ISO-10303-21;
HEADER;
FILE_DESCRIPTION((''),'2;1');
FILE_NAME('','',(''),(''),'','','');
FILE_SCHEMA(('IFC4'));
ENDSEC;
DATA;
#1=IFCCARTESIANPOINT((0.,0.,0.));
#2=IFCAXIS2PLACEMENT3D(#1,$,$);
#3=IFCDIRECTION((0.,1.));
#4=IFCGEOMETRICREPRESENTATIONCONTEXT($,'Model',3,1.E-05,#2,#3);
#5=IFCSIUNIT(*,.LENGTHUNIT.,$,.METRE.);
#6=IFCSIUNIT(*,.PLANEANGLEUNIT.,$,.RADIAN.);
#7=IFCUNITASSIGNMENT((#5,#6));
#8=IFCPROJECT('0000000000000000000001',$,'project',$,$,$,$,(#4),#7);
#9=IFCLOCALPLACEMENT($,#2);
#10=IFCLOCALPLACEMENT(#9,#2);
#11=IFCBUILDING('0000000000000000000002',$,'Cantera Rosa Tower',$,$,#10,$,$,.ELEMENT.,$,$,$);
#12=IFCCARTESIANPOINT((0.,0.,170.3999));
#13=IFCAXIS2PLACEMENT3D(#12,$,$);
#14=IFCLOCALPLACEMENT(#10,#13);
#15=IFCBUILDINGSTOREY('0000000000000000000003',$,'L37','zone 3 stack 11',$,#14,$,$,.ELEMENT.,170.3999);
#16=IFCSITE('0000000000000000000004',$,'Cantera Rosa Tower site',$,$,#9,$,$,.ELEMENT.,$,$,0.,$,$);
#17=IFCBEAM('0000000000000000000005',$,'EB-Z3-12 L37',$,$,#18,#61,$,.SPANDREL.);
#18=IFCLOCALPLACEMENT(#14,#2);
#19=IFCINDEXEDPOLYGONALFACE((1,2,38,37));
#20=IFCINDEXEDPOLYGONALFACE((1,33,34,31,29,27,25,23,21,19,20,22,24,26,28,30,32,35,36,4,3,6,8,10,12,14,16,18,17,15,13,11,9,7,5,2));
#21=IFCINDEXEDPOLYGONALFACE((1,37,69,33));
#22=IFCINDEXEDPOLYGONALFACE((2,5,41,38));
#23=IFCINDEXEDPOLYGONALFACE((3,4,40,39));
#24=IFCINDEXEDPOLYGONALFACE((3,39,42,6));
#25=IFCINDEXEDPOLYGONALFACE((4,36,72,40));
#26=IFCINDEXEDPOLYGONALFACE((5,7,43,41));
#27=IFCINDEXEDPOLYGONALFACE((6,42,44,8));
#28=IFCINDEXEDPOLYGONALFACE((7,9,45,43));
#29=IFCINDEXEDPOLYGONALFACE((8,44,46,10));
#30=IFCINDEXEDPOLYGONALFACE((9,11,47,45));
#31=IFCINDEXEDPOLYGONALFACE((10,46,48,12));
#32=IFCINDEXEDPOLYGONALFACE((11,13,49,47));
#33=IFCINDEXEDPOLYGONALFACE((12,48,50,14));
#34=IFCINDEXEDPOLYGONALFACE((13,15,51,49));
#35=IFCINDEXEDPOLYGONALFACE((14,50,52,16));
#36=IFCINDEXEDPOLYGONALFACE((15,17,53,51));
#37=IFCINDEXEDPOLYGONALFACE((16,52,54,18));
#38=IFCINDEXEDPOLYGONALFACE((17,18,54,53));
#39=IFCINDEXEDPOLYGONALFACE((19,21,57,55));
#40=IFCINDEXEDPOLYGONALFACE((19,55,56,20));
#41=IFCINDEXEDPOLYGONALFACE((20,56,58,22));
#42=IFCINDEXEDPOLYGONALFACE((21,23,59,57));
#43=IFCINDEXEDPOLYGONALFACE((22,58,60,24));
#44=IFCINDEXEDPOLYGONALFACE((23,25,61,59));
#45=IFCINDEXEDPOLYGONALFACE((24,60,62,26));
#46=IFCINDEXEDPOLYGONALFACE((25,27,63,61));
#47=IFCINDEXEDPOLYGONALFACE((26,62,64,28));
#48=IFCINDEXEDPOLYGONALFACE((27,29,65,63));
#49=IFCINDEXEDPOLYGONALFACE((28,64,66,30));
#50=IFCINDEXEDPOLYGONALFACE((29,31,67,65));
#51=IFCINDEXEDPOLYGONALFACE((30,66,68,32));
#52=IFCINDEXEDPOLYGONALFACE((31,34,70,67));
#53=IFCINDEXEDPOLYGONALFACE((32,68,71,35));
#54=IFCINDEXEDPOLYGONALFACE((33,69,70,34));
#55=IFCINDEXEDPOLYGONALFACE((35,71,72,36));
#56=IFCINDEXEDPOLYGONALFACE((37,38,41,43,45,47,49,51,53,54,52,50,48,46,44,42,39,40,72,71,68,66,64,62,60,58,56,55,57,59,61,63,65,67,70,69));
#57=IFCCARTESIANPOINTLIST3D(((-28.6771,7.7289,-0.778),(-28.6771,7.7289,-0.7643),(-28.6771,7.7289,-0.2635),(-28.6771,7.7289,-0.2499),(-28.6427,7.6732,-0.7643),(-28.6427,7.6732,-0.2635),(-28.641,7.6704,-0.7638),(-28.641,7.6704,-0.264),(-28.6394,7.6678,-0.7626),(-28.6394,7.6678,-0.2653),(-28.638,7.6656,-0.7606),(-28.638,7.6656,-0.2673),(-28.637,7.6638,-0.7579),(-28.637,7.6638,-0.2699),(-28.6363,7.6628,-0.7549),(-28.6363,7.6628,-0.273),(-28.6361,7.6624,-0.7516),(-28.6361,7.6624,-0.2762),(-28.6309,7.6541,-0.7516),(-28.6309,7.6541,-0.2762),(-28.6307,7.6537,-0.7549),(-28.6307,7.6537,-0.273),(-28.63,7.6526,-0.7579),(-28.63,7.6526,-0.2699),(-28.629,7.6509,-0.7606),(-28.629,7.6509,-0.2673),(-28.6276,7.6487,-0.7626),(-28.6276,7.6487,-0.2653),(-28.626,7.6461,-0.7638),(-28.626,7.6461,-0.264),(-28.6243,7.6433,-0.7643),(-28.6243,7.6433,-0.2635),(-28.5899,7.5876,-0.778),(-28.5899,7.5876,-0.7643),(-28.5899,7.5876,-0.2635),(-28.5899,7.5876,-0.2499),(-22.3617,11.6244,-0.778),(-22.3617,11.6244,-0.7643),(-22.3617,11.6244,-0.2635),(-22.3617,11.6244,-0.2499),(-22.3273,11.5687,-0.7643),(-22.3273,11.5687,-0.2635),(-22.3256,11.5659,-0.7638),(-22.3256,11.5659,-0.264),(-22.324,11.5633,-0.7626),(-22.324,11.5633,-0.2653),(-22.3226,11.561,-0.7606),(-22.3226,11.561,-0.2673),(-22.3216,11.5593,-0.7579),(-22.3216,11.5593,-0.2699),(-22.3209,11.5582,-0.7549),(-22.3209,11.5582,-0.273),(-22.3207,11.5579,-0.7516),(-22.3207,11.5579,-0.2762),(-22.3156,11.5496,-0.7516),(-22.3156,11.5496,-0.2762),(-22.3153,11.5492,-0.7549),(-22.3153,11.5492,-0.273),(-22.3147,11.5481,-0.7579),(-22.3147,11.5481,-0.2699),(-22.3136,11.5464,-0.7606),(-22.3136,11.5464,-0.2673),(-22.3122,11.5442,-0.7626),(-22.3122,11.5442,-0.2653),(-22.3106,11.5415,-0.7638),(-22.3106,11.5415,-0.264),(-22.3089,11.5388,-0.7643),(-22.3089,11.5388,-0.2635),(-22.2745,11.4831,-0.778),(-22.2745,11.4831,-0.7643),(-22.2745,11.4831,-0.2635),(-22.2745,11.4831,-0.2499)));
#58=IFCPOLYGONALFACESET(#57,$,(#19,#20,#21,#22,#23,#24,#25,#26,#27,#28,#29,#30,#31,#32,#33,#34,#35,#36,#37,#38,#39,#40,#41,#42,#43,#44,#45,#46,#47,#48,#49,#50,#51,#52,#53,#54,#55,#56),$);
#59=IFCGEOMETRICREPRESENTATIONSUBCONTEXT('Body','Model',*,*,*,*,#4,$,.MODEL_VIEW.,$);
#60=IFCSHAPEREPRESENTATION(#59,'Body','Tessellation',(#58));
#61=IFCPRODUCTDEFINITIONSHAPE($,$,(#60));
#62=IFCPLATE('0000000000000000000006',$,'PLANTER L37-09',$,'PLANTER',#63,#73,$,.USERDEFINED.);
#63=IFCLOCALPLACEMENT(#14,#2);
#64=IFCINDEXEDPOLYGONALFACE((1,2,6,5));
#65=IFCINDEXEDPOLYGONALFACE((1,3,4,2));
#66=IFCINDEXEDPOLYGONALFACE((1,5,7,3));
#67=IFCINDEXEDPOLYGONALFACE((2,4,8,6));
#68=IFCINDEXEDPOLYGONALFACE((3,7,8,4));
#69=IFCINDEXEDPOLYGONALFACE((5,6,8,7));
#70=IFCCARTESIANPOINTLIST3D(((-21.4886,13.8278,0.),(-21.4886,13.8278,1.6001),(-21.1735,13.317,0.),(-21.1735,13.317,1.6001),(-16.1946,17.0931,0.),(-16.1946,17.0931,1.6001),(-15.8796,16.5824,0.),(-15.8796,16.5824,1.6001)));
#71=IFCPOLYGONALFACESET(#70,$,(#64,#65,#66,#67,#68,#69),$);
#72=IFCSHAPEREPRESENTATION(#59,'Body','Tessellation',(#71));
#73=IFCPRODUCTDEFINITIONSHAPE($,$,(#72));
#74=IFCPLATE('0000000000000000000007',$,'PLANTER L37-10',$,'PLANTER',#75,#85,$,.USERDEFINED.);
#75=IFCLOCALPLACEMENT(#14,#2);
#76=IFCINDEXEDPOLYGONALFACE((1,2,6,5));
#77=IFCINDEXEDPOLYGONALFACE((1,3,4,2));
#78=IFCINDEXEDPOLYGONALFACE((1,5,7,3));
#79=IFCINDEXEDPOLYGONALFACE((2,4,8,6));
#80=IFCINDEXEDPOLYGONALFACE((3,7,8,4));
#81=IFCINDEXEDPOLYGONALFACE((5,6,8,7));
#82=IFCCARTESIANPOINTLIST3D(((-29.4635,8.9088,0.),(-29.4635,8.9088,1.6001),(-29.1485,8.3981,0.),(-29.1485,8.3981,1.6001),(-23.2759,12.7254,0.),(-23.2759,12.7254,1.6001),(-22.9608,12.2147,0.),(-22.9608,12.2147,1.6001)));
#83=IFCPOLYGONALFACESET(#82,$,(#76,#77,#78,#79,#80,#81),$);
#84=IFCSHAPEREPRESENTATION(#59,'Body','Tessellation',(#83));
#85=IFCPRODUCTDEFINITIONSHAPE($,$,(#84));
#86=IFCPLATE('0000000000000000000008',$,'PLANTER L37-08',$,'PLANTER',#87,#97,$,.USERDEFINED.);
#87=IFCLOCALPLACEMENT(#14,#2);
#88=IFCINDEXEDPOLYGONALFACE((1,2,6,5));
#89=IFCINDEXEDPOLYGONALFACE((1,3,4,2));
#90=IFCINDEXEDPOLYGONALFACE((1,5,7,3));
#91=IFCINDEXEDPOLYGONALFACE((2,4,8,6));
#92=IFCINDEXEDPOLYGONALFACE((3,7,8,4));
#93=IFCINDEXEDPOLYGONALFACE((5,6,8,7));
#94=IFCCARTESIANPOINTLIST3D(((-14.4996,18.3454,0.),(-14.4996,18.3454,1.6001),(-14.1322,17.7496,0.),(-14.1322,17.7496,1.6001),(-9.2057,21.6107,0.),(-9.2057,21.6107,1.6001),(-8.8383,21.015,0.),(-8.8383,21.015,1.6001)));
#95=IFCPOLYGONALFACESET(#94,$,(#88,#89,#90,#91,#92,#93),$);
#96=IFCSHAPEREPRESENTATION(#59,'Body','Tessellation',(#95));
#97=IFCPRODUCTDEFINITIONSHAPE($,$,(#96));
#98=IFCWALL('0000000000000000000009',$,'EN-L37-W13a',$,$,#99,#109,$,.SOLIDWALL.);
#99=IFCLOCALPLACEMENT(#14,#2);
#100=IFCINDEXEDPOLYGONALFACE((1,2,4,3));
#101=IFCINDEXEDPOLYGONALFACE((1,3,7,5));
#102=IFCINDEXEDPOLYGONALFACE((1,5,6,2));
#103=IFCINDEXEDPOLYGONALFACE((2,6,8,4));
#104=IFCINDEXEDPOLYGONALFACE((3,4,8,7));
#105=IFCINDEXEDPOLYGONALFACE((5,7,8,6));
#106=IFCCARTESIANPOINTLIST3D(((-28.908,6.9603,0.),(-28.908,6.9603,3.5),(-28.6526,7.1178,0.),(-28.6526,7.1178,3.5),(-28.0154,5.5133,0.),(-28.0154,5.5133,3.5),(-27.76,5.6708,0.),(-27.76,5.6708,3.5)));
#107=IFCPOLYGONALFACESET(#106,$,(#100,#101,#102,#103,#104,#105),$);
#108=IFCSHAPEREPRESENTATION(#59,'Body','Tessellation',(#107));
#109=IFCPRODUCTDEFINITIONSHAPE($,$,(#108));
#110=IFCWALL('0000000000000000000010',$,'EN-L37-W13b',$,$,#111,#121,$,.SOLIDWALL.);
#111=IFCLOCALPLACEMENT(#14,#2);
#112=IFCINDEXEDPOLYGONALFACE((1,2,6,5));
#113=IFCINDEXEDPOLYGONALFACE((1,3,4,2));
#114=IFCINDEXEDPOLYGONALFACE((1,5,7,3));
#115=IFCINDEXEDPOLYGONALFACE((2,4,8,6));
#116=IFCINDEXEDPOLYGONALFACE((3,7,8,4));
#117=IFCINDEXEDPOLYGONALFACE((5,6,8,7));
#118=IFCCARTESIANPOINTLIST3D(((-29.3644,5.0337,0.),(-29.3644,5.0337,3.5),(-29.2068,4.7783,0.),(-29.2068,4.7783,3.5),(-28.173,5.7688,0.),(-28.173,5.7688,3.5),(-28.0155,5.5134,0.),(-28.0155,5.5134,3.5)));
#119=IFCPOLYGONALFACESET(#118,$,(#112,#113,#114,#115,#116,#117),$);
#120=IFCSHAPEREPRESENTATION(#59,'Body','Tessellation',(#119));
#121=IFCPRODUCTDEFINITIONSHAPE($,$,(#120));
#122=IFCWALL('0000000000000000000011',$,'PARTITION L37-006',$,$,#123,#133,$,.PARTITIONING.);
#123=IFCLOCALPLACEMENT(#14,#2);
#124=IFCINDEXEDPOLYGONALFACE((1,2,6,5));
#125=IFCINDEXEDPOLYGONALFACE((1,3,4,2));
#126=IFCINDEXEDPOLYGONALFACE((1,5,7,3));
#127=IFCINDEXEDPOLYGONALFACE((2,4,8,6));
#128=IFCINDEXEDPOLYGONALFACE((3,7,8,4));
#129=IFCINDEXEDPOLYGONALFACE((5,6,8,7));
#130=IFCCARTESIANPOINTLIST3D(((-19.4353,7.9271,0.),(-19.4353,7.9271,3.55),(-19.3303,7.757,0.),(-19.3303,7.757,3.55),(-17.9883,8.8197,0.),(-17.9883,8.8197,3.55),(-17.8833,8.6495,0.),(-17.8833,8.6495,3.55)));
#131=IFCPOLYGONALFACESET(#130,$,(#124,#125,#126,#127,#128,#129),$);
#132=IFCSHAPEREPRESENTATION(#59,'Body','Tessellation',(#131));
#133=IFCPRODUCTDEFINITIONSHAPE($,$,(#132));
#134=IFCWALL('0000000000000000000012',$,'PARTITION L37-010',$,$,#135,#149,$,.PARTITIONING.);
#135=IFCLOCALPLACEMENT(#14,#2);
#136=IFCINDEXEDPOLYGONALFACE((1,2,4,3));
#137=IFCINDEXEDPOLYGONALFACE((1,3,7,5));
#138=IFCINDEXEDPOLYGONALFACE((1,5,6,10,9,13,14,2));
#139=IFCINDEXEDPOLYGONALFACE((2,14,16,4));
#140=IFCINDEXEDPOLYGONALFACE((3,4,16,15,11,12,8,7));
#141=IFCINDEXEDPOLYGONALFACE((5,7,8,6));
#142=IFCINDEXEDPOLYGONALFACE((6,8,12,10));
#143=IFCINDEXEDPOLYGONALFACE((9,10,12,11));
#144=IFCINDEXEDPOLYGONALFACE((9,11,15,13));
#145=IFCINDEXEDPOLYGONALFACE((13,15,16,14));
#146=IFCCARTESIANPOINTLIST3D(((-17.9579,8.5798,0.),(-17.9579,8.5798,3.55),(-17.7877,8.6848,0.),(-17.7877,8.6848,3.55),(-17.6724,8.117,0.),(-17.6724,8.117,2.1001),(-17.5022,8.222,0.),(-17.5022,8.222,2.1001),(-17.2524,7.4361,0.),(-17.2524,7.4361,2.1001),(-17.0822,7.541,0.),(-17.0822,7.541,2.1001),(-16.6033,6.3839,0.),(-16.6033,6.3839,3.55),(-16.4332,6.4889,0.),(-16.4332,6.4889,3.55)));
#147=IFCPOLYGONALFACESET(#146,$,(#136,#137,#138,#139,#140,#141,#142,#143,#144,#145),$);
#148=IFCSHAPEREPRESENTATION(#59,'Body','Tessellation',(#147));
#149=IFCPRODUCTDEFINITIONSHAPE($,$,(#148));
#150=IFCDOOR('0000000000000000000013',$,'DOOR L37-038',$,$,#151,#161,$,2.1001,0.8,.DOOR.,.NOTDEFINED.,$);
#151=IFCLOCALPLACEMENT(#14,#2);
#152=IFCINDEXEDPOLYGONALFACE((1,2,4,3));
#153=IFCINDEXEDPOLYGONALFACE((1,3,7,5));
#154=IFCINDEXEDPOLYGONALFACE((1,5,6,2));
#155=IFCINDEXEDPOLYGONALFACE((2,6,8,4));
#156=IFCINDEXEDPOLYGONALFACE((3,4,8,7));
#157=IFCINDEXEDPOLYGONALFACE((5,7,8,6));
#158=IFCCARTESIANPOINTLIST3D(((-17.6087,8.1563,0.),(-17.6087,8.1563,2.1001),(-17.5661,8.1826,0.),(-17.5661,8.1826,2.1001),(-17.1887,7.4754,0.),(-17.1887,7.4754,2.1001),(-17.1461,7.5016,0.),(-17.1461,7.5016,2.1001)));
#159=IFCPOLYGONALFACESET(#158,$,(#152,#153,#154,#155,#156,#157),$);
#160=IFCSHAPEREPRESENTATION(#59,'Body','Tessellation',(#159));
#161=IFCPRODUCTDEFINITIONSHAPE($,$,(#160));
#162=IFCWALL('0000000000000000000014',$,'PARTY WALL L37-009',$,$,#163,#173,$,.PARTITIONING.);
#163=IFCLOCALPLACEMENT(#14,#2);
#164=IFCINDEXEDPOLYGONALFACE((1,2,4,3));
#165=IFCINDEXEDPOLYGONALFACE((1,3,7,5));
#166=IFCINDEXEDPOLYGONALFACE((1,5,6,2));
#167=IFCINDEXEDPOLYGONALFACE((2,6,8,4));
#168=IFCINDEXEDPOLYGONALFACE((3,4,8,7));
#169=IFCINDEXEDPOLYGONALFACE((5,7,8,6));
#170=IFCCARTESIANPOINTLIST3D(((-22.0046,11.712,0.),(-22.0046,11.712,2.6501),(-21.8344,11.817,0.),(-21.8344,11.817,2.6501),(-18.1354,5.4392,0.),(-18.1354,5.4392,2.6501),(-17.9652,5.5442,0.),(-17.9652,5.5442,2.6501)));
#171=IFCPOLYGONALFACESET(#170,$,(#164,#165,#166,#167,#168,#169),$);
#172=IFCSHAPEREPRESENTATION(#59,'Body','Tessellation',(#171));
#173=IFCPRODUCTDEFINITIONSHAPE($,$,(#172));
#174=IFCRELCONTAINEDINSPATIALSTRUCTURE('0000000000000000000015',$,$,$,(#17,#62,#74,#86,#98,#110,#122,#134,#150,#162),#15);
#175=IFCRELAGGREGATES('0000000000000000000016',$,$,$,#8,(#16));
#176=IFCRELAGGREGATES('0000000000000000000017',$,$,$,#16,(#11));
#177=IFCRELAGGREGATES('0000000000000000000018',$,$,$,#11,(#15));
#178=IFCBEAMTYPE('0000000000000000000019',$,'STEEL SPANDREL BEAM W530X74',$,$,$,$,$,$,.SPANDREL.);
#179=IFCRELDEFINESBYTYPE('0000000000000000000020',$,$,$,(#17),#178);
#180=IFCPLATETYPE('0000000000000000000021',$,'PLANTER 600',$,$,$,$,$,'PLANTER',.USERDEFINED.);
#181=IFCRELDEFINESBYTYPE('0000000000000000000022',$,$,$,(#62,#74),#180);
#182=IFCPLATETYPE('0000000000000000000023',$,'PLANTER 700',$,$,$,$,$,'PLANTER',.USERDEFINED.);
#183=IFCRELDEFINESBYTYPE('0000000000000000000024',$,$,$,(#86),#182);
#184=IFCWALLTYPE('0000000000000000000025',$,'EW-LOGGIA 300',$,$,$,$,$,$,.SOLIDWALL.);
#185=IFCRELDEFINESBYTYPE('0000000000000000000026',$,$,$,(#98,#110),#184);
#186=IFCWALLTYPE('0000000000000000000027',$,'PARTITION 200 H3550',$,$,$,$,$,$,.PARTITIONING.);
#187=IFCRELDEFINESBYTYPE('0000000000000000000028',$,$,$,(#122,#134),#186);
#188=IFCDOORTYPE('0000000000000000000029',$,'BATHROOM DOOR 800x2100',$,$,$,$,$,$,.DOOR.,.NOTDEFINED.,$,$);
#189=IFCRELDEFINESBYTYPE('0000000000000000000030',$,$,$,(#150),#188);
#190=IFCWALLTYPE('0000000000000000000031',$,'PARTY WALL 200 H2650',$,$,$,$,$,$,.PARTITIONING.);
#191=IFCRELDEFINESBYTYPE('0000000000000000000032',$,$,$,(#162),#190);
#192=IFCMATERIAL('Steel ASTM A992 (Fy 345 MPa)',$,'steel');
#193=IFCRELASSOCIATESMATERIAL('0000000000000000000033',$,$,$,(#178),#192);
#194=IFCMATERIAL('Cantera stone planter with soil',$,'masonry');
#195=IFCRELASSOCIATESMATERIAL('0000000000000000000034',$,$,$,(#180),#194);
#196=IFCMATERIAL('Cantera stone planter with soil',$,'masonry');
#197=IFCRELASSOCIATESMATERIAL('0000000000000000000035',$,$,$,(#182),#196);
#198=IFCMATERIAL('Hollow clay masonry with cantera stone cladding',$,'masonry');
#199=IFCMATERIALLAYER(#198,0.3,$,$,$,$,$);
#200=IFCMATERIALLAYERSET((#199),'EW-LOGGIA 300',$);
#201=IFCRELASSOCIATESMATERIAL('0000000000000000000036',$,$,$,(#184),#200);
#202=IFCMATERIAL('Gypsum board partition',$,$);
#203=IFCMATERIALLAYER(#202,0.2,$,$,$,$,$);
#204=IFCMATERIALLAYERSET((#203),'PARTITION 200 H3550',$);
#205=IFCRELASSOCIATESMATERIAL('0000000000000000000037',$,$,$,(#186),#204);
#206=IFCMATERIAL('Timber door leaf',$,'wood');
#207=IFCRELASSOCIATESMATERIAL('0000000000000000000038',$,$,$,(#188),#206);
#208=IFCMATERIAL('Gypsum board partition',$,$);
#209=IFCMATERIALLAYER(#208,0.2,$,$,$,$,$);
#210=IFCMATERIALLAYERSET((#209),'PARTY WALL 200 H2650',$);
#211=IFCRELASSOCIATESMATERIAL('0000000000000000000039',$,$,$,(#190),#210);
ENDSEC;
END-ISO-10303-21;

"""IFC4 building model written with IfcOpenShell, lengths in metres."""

from ifc_helpers import new_model, si_unit, direction, frame, frame_2d, origin, origin_2d, place, context, subcontext, project, spatial, rectangle, i_section, extrude, material, layer, layer_set, material_profile, profile_set, type_object, element, fill, save


model = new_model("IFC4")

# Units and contexts
model_context = context("Model", 3, precision=1e-05, world=origin(), true_north=direction((0.0, 1.0)))
body_context = subcontext(model_context, "Body", "Model", "MODEL_VIEW")
ifc_project = project(units=[si_unit("LENGTHUNIT", "METRE"), si_unit("PLANEANGLEUNIT", "RADIAN")], contexts=[model_context])

# Site, building, storey
site_placement = place(None, origin())
site = spatial("IfcSite", under=ifc_project, at=site_placement, Name="Cantera Rosa Tower site", CompositionType="ELEMENT", RefElevation=0.0)
building_placement = place(site_placement, origin())
building = spatial("IfcBuilding", under=site, at=building_placement, Name="Cantera Rosa Tower", CompositionType="ELEMENT")
storey_placement = place(building_placement, frame((0.0, 0.0, 170.3999)))
storey = spatial("IfcBuildingStorey", under=building, at=storey_placement, Name="L37", Description="zone 3 stack 11", CompositionType="ELEMENT", Elevation=170.3999)

# Beam
ifc_material_1 = material(Name="Steel ASTM A992 (Fy 345 MPa)", Category="steel")
ifc_material_profile_1 = material_profile(ifc_material_1, i_section(OverallWidth=0.166, OverallDepth=0.5281, WebThickness=0.0098, FlangeThickness=0.0137, FilletRadius=0.0127, at=origin_2d()), Name="W530X74")
ifc_profile_set_1 = profile_set([ifc_material_profile_1], Name="Steel ASTM A992 (Fy 345 MPa)")
beam_type_1 = type_object("IfcBeamType", Name="STEEL SPANDREL BEAM W530X74", PredefinedType="SPANDREL", material=ifc_profile_set_1)
for number, where, z_axis, x_axis, name in (
    (1, (-22.3181, 11.5537, -0.5139), (-0.851111, -0.524986, 0.0), (0.524986, -0.851111, 0.0), "EB-Z3-12 L37"),
):
    element("IfcBeam", number, at=place(storey_placement, frame(where, z_axis=z_axis, x_axis=x_axis)), inside=storey, type_object=beam_type_1, Name=name, PredefinedType="SPANDREL", context=body_context, shape_type="SweptSolid", body=[
        extrude(i_section(OverallWidth=0.166, OverallDepth=0.5281, WebThickness=0.0098, FlangeThickness=0.0137, FilletRadius=0.0127, at=origin_2d()), origin(), (0.0, 0.0, 1.0), 7.4202),
    ])

# Plates
ifc_material_2 = material(Name="Cantera stone planter with soil", Category="masonry")
plate_type_1 = type_object("IfcPlateType", Name="PLANTER 600", ElementType="PLANTER", PredefinedType="USERDEFINED", material=ifc_material_2)
plate_1_placement = place(storey_placement, frame((-18.6841, 15.2051, 0.0), z_axis=(0.0, 0.0, 1.0), x_axis=(-0.851117, -0.524977, 0.0)))
element("IfcPlate", 2, at=plate_1_placement, inside=storey, type_object=plate_type_1, Name="PLANTER L37-09", ObjectType="PLANTER", PredefinedType="USERDEFINED", context=body_context, shape_type="SweptSolid", body=[
    extrude(rectangle(XDim=6.22, YDim=0.6001, at=origin_2d()), origin(), (0.0, 0.0, 1.0), 1.6001),
])
plate_2_placement = place(storey_placement, frame((-26.2122, 10.5618, 0.0), z_axis=(0.0, 0.0, 1.0), x_axis=(-0.851117, -0.524977, 0.0)))
element("IfcPlate", 3, at=plate_2_placement, inside=storey, type_object=plate_type_1, Name="PLANTER L37-10", ObjectType="PLANTER", PredefinedType="USERDEFINED", context=body_context, shape_type="SweptSolid", body=[
    extrude(rectangle(XDim=7.27, YDim=0.6001, at=origin_2d()), origin(), (0.0, 0.0, 1.0), 1.6001),
])
ifc_material_3 = material(Name="Cantera stone planter with soil", Category="masonry")
plate_type_2 = type_object("IfcPlateType", Name="PLANTER 700", ElementType="PLANTER", PredefinedType="USERDEFINED", material=ifc_material_3)
plate_3_placement = place(storey_placement, frame((-11.6689, 19.6802, 0.0), z_axis=(0.0, 0.0, 1.0), x_axis=(-0.851117, -0.524977, 0.0)))
element("IfcPlate", 4, at=plate_3_placement, inside=storey, type_object=plate_type_2, Name="PLANTER L37-08", ObjectType="PLANTER", PredefinedType="USERDEFINED", context=body_context, shape_type="SweptSolid", body=[
    extrude(rectangle(XDim=6.22, YDim=0.7, at=origin_2d()), origin(), (0.0, 0.0, 1.0), 1.6001),
])

# Walls
ifc_material_4 = material(Name="Hollow clay masonry with cantera stone cladding", Category="masonry")
ifc_layer_1 = layer(ifc_material_4, 0.3)
ifc_layer_set_1 = layer_set([ifc_layer_1], Name="EW-LOGGIA 300")
wall_type_1 = type_object("IfcWallType", Name="EW-LOGGIA 300", PredefinedType="SOLIDWALL", material=ifc_layer_set_1)
wall_1_placement = place(storey_placement, frame((-28.7803, 7.0391, 0.0), z_axis=(0.0, 0.0, 1.0), x_axis=(0.524994, -0.851106, 0.0)))
element("IfcWall", 5, at=wall_1_placement, inside=storey, type_object=wall_type_1, Name="EN-L37-W13a", PredefinedType="SOLIDWALL", context=body_context, shape_type="SweptSolid", body=[
    extrude(rectangle(XDim=1.7002, YDim=0.3, at=frame_2d((0.8501, 0.0))), origin(), (0.0, 0.0, 1.0), 3.5),
])
wall_2_placement = place(storey_placement, frame((-28.0942, 5.6411, 0.0), z_axis=(0.0, 0.0, 1.0), x_axis=(-0.851041, -0.525099, 0.0)))
element("IfcWall", 6, at=wall_2_placement, inside=storey, type_object=wall_type_1, Name="EN-L37-W13b", PredefinedType="SOLIDWALL", context=body_context, shape_type="SweptSolid", body=[
    extrude(rectangle(XDim=1.3999, YDim=0.3, at=frame_2d((0.7, 0.0))), origin(), (0.0, 0.0, 1.0), 3.5),
])

# Wall
ifc_material_5 = material(Name="Gypsum board partition")
ifc_layer_2 = layer(ifc_material_5, 0.2)
ifc_layer_set_2 = layer_set([ifc_layer_2], Name="PARTITION 200 H3550")
wall_type_2 = type_object("IfcWallType", Name="PARTITION 200 H3550", PredefinedType="PARTITIONING", material=ifc_layer_set_2)
wall_3_placement = place(storey_placement, frame((-19.3828, 7.842, 0.0), z_axis=(0.0, 0.0, 1.0), x_axis=(0.851106, 0.524994, 0.0)))
element("IfcWall", 7, at=wall_3_placement, inside=storey, type_object=wall_type_2, Name="PARTITION L37-006", PredefinedType="PARTITIONING", context=body_context, shape_type="SweptSolid", body=[
    extrude(rectangle(XDim=1.7002, YDim=0.2, at=frame_2d((0.8501, 0.0))), origin(), (0.0, 0.0, 1.0), 3.55),
])

# Wall, opening, door
wall_4_placement = place(storey_placement, frame((-17.8728, 8.6323, 0.0), z_axis=(0.0, 0.0, 1.0), x_axis=(0.525005, -0.851099, 0.0)))
wall_4 = element("IfcWall", 8, at=wall_4_placement, inside=storey, type_object=wall_type_2, Name="PARTITION L37-010", PredefinedType="PARTITIONING", context=body_context, shape_type="SweptSolid", body=[
    extrude(rectangle(XDim=2.5801, YDim=0.2, at=frame_2d((1.29, 0.0))), origin(), (0.0, 0.0, 1.0), 3.55),
])
opening_1_placement = place(wall_4_placement, frame((0.5439, 0.0, 0.0)))
opening_1 = element("IfcOpeningElement", 9, at=opening_1_placement, cuts=wall_4, PredefinedType="OPENING", context=body_context, shape_type="SweptSolid", body=[
    extrude(rectangle(XDim=0.8, YDim=2.1001, at=frame_2d((0.3999, 1.05))), frame((0.0, 0.1099, 0.0), z_axis=(0.0, -1.0, 0.0), x_axis=(1.0, 0.0, 0.0)), (0.0, 0.0, 1.0), 0.22),
])
ifc_material_6 = material(Name="Timber door leaf", Category="wood")
door_type_1 = type_object("IfcDoorType", Name="BATHROOM DOOR 800x2100", OperationType="NOTDEFINED", PredefinedType="DOOR", material=ifc_material_6)
door_1_placement = place(opening_1_placement, origin())
door_1 = element("IfcDoor", 10, at=door_1_placement, inside=storey, type_object=door_type_1, Name="DOOR L37-038", OperationType="NOTDEFINED", OverallHeight=2.1001, OverallWidth=0.8, PredefinedType="DOOR", context=body_context, shape_type="SweptSolid", body=[
    extrude(rectangle(XDim=0.8, YDim=2.1001, at=frame_2d((0.3999, 1.05))), frame((0.0, 0.0249, 0.0), z_axis=(0.0, -1.0, 0.0), x_axis=(1.0, 0.0, 0.0)), (0.0, 0.0, 1.0), 0.05),
])
fill(opening_1, door_1)

# Wall
ifc_material_7 = material(Name="Gypsum board partition")
ifc_layer_3 = layer(ifc_material_7, 0.2)
ifc_layer_set_3 = layer_set([ifc_layer_3], Name="PARTY WALL 200 H2650")
wall_type_3 = type_object("IfcWallType", Name="PARTY WALL 200 H2650", PredefinedType="PARTITIONING", material=ifc_layer_set_3)
for number, where, z_axis, x_axis, name in (
    (11, (-18.0503, 5.4917, 0.0), (0.0, 0.0, 1.0), (-0.524984, 0.851112, 0.0), "PARTY WALL L37-009"),
):
    element("IfcWall", number, at=place(storey_placement, frame(where, z_axis=z_axis, x_axis=x_axis)), inside=storey, type_object=wall_type_3, Name=name, PredefinedType="PARTITIONING", context=body_context, shape_type="SweptSolid", body=[
        extrude(rectangle(XDim=7.3701, YDim=0.2, at=frame_2d((3.6851, 0.0))), origin(), (0.0, 0.0, 1.0), 2.6501),
    ])

save(model, "model.ifc")
